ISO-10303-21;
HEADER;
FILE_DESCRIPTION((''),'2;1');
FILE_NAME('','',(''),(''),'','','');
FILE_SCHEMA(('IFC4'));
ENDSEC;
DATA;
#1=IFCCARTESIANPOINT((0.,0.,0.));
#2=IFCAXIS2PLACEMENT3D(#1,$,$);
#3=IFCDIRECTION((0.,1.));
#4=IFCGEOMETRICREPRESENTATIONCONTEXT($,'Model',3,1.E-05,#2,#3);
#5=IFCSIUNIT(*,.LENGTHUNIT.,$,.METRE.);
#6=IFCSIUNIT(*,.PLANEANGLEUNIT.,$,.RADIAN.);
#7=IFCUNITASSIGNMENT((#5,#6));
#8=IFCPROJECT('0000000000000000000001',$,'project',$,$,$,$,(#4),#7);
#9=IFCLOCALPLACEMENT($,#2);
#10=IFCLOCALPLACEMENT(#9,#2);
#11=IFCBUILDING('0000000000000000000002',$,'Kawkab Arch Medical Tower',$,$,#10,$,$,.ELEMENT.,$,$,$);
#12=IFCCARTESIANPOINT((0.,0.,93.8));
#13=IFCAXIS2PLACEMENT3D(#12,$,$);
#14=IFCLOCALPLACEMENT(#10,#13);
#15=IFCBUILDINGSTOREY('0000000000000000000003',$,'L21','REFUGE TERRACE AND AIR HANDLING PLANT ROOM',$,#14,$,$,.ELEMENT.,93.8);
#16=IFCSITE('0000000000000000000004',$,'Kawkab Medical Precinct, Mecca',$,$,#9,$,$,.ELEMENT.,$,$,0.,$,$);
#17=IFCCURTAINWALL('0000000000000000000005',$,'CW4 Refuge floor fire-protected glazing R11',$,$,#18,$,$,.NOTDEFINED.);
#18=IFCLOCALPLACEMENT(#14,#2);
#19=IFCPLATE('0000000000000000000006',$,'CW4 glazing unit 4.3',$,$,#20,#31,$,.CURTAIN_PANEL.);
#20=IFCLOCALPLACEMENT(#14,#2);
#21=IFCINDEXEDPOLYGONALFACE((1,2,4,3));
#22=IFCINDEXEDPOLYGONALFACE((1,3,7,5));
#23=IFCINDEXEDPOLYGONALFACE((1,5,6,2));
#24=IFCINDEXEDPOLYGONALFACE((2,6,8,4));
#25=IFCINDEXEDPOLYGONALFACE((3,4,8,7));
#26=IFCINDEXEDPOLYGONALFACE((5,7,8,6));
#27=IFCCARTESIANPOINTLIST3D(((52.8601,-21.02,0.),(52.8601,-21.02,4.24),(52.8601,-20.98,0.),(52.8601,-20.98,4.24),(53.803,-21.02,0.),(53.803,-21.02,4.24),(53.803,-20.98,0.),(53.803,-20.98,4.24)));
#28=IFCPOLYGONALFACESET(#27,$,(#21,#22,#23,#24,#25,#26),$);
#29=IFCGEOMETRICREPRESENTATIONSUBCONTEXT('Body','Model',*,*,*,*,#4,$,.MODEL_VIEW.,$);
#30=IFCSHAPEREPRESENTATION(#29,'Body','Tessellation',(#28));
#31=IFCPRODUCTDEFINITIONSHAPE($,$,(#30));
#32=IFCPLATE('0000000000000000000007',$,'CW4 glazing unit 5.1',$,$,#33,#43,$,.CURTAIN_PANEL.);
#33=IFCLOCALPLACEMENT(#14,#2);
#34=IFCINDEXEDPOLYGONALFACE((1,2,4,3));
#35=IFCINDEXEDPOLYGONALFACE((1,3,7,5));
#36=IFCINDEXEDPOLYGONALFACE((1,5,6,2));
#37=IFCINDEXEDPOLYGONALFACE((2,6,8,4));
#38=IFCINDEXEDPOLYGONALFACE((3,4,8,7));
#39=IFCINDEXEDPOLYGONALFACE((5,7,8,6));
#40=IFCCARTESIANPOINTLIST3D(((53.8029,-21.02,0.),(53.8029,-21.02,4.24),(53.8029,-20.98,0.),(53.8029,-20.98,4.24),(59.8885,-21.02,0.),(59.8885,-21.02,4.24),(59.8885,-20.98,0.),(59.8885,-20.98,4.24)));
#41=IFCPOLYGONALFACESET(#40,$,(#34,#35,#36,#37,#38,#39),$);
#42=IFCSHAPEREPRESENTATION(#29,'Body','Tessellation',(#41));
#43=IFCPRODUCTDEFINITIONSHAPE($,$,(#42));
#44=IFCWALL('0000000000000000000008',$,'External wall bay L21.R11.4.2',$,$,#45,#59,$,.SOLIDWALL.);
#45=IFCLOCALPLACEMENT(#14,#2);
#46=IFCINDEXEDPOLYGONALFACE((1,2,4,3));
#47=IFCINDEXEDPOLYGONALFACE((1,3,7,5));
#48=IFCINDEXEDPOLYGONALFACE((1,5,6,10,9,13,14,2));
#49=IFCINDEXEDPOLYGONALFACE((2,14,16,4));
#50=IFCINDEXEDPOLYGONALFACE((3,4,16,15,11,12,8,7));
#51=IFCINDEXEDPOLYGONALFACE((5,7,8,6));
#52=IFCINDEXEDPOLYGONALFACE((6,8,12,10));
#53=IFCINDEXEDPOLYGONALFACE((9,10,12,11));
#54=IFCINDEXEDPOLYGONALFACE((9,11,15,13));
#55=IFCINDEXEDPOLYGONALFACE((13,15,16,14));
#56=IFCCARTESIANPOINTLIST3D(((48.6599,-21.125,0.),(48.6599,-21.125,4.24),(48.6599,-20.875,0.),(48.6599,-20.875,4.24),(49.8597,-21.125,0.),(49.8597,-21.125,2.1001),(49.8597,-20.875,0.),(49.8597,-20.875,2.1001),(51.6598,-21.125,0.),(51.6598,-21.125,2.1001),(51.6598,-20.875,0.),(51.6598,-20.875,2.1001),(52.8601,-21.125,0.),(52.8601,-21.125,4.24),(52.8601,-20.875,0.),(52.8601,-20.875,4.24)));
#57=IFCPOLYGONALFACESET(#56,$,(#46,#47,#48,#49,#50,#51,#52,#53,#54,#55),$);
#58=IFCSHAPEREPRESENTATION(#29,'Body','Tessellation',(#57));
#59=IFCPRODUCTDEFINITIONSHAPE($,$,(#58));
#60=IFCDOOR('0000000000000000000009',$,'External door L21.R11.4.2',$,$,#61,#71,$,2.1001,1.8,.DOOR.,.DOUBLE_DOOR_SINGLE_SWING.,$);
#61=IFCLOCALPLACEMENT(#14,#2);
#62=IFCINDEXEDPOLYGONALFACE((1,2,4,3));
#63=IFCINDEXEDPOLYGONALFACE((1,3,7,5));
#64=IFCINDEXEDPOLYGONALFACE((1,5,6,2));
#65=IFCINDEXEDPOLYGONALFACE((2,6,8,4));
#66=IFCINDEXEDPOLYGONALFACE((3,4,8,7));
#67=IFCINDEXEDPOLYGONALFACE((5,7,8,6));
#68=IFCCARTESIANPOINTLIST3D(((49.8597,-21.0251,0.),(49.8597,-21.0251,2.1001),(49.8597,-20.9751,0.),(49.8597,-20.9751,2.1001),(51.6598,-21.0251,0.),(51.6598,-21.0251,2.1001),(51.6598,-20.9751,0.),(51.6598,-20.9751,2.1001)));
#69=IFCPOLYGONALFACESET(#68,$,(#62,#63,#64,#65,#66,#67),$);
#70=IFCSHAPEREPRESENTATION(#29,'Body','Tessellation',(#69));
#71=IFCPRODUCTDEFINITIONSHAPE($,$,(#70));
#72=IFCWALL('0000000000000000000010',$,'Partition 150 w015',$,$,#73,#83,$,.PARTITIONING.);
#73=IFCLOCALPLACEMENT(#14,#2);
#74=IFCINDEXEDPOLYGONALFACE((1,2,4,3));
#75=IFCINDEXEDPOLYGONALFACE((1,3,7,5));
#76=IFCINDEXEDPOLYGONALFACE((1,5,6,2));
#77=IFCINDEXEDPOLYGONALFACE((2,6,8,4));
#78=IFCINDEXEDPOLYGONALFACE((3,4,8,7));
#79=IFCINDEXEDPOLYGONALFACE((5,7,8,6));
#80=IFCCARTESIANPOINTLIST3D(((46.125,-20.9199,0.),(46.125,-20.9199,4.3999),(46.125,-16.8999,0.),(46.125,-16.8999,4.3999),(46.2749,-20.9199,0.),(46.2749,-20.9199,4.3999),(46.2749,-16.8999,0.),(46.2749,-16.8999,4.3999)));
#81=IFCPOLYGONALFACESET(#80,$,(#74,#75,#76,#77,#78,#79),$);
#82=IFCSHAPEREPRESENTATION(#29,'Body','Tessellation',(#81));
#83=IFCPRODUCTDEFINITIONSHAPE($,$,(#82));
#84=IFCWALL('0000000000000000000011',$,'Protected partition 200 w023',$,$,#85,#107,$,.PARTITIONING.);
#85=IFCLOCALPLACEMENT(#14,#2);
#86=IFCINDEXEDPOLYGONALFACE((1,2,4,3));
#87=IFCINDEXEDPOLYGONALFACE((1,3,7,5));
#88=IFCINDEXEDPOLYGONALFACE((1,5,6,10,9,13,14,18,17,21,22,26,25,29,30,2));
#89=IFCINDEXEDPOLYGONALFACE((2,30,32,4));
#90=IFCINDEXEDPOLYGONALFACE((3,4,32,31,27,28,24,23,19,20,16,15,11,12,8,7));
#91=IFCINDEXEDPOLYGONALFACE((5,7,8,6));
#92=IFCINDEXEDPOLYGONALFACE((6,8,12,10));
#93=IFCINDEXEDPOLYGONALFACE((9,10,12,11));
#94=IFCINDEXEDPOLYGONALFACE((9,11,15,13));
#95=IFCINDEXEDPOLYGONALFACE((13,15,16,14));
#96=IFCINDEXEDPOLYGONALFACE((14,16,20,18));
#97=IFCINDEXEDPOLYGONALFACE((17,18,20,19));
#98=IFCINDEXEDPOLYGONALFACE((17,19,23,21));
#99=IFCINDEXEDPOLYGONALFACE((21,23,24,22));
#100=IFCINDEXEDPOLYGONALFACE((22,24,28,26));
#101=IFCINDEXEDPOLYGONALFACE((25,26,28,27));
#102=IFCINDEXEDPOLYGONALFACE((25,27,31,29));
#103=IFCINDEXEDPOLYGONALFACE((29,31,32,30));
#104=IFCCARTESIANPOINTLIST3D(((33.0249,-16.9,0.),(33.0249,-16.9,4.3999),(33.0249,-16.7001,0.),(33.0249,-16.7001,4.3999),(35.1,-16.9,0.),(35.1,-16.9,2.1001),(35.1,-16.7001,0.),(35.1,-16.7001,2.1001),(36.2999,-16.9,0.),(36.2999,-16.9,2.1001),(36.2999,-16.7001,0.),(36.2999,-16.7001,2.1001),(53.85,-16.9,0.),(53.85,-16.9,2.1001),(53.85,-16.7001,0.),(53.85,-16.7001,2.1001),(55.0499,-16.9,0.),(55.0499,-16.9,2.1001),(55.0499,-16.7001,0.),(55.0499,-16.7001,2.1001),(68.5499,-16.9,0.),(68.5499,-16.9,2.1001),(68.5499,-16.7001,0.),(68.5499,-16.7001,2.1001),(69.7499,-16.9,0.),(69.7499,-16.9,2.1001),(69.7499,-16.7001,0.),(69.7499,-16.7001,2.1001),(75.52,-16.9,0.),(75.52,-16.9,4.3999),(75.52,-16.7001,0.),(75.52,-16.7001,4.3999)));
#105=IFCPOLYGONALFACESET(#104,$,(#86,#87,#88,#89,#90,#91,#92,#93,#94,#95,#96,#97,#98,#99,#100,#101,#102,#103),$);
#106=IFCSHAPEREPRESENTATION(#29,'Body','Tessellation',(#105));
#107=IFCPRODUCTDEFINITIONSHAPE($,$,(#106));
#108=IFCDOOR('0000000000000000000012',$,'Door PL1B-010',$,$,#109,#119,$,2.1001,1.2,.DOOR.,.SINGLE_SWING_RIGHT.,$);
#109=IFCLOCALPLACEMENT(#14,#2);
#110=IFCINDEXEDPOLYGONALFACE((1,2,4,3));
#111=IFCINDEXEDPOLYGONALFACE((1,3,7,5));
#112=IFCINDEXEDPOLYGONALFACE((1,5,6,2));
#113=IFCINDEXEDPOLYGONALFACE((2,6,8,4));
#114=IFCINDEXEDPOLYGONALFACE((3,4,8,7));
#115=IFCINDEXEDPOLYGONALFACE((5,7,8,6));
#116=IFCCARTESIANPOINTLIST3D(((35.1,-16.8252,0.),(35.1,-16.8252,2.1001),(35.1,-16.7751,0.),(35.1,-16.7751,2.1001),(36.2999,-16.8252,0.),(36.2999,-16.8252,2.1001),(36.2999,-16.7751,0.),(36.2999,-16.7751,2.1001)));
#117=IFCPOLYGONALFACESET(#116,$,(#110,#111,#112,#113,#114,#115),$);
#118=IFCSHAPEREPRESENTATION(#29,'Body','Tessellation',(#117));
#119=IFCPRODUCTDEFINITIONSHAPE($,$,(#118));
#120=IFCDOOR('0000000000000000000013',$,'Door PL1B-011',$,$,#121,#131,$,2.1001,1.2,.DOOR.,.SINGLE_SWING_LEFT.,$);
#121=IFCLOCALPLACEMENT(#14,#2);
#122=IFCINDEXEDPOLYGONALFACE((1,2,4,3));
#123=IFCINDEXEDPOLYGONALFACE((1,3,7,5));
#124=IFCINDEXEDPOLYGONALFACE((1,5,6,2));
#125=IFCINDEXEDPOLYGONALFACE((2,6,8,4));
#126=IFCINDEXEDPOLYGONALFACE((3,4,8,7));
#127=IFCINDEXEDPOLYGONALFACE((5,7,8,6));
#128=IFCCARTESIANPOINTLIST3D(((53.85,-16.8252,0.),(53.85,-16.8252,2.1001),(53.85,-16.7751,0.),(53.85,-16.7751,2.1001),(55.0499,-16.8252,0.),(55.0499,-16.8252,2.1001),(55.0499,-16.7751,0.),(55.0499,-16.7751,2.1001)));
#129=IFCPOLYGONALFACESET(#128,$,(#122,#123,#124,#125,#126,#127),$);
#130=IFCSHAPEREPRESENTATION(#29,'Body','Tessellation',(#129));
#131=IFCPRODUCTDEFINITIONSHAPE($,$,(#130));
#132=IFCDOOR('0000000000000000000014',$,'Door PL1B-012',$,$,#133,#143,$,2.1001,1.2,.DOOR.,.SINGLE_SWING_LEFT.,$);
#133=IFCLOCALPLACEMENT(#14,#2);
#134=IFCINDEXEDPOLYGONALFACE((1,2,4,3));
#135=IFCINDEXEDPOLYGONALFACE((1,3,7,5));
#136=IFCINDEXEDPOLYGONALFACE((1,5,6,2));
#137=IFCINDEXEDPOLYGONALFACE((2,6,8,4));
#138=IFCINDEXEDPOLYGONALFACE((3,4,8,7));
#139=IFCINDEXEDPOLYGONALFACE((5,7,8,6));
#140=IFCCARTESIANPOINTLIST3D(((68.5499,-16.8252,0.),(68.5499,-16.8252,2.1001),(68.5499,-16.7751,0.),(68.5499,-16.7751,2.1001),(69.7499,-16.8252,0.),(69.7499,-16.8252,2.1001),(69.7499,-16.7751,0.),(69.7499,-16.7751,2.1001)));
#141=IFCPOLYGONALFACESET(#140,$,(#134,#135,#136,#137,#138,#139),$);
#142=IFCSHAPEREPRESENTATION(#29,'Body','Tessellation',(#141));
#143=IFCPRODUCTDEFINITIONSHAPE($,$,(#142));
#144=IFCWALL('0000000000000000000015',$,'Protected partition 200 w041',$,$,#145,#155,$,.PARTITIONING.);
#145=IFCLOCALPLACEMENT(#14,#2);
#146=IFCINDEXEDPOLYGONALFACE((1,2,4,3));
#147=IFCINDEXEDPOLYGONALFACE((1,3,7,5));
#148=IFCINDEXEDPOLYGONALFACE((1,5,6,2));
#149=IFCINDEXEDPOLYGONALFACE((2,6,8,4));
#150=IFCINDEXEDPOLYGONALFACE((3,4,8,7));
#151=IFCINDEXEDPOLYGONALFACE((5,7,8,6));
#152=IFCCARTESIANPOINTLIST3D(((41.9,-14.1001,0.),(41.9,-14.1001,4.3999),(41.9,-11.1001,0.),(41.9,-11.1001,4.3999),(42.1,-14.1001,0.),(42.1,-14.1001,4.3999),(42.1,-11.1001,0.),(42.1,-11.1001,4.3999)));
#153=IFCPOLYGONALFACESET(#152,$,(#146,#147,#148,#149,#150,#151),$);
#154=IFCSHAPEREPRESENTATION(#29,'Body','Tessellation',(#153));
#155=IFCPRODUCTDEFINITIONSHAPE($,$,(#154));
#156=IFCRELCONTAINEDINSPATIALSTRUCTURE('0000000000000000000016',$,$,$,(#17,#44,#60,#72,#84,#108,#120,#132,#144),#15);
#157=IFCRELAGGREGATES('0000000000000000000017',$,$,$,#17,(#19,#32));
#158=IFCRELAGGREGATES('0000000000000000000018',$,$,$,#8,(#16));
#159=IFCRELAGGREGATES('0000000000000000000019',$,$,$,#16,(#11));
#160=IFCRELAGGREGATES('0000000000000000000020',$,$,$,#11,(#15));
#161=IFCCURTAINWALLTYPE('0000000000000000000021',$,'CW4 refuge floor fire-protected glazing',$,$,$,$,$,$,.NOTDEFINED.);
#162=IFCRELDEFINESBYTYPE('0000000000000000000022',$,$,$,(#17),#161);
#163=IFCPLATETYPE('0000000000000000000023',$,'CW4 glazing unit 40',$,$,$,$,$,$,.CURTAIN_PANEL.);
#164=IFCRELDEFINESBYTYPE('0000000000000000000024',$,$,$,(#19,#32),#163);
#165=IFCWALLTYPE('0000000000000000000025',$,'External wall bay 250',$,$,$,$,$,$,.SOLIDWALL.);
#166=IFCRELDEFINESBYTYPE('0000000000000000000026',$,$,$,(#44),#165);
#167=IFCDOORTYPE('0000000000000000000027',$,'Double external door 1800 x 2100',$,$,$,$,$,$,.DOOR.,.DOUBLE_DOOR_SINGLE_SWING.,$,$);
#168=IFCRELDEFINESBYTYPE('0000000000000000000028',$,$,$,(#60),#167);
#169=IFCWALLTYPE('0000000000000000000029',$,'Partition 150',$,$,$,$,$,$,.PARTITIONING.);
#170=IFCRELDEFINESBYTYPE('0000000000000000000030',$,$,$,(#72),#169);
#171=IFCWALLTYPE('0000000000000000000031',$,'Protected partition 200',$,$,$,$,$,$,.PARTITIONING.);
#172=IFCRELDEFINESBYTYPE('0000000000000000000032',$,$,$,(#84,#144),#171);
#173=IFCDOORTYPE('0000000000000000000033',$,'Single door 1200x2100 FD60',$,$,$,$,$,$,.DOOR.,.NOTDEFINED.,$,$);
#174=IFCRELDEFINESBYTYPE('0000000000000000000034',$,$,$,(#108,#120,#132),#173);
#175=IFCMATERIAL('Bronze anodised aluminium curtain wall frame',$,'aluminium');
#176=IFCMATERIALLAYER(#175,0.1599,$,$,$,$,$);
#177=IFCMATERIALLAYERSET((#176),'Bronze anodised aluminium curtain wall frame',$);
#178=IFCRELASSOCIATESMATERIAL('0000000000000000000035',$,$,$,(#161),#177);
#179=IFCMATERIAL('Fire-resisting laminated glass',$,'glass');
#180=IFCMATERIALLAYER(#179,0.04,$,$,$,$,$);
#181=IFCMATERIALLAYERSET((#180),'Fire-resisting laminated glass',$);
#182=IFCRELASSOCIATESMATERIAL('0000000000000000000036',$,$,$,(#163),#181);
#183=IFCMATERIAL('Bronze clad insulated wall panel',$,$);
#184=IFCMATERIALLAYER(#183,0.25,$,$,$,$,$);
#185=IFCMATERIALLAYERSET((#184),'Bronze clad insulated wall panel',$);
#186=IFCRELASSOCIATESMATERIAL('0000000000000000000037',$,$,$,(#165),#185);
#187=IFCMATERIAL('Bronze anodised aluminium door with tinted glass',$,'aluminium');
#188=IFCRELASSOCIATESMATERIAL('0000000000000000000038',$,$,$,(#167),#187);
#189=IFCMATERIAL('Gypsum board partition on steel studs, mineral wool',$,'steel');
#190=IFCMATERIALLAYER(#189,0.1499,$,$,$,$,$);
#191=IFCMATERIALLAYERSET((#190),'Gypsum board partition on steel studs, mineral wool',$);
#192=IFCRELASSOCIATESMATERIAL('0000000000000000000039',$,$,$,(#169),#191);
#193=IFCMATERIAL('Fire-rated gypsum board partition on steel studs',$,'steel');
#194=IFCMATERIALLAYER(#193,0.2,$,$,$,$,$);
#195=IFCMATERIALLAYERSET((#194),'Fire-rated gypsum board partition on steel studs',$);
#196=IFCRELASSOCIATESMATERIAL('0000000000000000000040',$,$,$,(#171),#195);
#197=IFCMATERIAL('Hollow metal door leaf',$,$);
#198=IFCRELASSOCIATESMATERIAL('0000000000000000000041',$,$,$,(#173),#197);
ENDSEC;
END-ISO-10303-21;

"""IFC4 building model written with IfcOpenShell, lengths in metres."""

from ifc_helpers import new_model, si_unit, direction, frame, frame_2d, origin, origin_2d, place, context, subcontext, project, spatial, rectangle, extrude, material, layer, layer_set, type_object, element, fill, aggregate, save


model = new_model("IFC4")

# Units and contexts
model_context = context("Model", 3, precision=1e-05, world=origin(), true_north=direction((0.0, 1.0)))
body_context = subcontext(model_context, "Body", "Model", "MODEL_VIEW")
ifc_project = project(units=[si_unit("LENGTHUNIT", "METRE"), si_unit("PLANEANGLEUNIT", "RADIAN")], contexts=[model_context])

# Site, building, storey
site_placement = place(None, origin())
site = spatial("IfcSite", under=ifc_project, at=site_placement, Name="Kawkab Medical Precinct, Mecca", CompositionType="ELEMENT", RefElevation=0.0)
building_placement = place(site_placement, origin())
building = spatial("IfcBuilding", under=site, at=building_placement, Name="Kawkab Arch Medical Tower", CompositionType="ELEMENT")
storey_placement = place(building_placement, frame((0.0, 0.0, 93.8)))
storey = spatial("IfcBuildingStorey", under=building, at=storey_placement, Name="L21", Description="REFUGE TERRACE AND AIR HANDLING PLANT ROOM", CompositionType="ELEMENT", Elevation=93.8)

# Curtain wall
ifc_material_1 = material(Name="Bronze anodised aluminium curtain wall frame", Category="aluminium")
ifc_layer_1 = layer(ifc_material_1, 0.1599)
ifc_layer_set_1 = layer_set([ifc_layer_1], Name="Bronze anodised aluminium curtain wall frame")
curtain_wall_type = type_object("IfcCurtainWallType", Name="CW4 refuge floor fire-protected glazing", PredefinedType="NOTDEFINED", material=ifc_layer_set_1)
curtain_wall_placement = place(storey_placement, origin())
curtain_wall = element("IfcCurtainWall", 1, at=curtain_wall_placement, inside=storey, type_object=curtain_wall_type, Name="CW4 Refuge floor fire-protected glazing R11", PredefinedType="NOTDEFINED")

# Plates
ifc_material_2 = material(Name="Fire-resisting laminated glass", Category="glass")
ifc_layer_2 = layer(ifc_material_2, 0.04)
ifc_layer_set_2 = layer_set([ifc_layer_2], Name="Fire-resisting laminated glass")
plate_type = type_object("IfcPlateType", Name="CW4 glazing unit 40", PredefinedType="CURTAIN_PANEL", material=ifc_layer_set_2)
plate_1_placement = place(storey_placement, frame((53.3315, -21.0, 0.0), z_axis=(0.0, 0.0, 1.0), x_axis=(1.0, 0.0, 0.0)))
plate_1 = element("IfcPlate", 2, at=plate_1_placement, type_object=plate_type, Name="CW4 glazing unit 4.3", PredefinedType="CURTAIN_PANEL", context=body_context, shape_type="SweptSolid", body=[
    extrude(rectangle(XDim=0.9429, YDim=0.04, at=origin_2d()), origin(), (0.0, 0.0, 1.0), 4.24),
])
plate_2_placement = place(storey_placement, frame((56.8457, -21.0, 0.0), z_axis=(0.0, 0.0, 1.0), x_axis=(1.0, 0.0, 0.0)))
plate_2 = element("IfcPlate", 3, at=plate_2_placement, type_object=plate_type, Name="CW4 glazing unit 5.1", PredefinedType="CURTAIN_PANEL", context=body_context, shape_type="SweptSolid", body=[
    extrude(rectangle(XDim=6.0857, YDim=0.04, at=origin_2d()), origin(), (0.0, 0.0, 1.0), 4.24),
])
aggregate(curtain_wall, [plate_1, plate_2])

# Wall, opening, door
ifc_material_3 = material(Name="Bronze clad insulated wall panel")
ifc_layer_3 = layer(ifc_material_3, 0.25)
ifc_layer_set_3 = layer_set([ifc_layer_3], Name="Bronze clad insulated wall panel")
wall_type_1 = type_object("IfcWallType", Name="External wall bay 250", PredefinedType="SOLIDWALL", material=ifc_layer_set_3)
wall_1_placement = place(storey_placement, frame((48.6599, -21.0, 0.0), z_axis=(0.0, 0.0, 1.0), x_axis=(1.0, 0.0, 0.0)))
wall_1 = element("IfcWall", 4, at=wall_1_placement, inside=storey, type_object=wall_type_1, Name="External wall bay L21.R11.4.2", PredefinedType="SOLIDWALL", context=body_context, shape_type="SweptSolid", body=[
    extrude(rectangle(XDim=4.2002, YDim=0.25, at=frame_2d((2.1001, 0.0))), origin(), (0.0, 0.0, 1.0), 4.24),
])
opening_1_placement = place(wall_1_placement, frame((1.2, 0.0, 0.0)))
opening_1 = element("IfcOpeningElement", 5, at=opening_1_placement, cuts=wall_1, PredefinedType="OPENING", context=body_context, shape_type="SweptSolid", body=[
    extrude(rectangle(XDim=1.8, YDim=2.1001, at=frame_2d((0.8999, 1.05))), frame((0.0, 0.135, 0.0), z_axis=(0.0, -1.0, 0.0), x_axis=(1.0, 0.0, 0.0)), (0.0, 0.0, 1.0), 0.27),
])
ifc_material_4 = material(Name="Bronze anodised aluminium door with tinted glass", Category="aluminium")
door_type_1 = type_object("IfcDoorType", Name="Double external door 1800 x 2100", OperationType="DOUBLE_DOOR_SINGLE_SWING", PredefinedType="DOOR", material=ifc_material_4)
door_1_placement = place(opening_1_placement, origin())
door_1 = element("IfcDoor", 6, at=door_1_placement, inside=storey, type_object=door_type_1, Name="External door L21.R11.4.2", OperationType="DOUBLE_DOOR_SINGLE_SWING", OverallHeight=2.1001, OverallWidth=1.8, PredefinedType="DOOR", context=body_context, shape_type="SweptSolid", body=[
    extrude(rectangle(XDim=1.8, YDim=2.1001, at=frame_2d((0.8999, 1.05))), frame((0.0, 0.0249, 0.0), z_axis=(0.0, -1.0, 0.0), x_axis=(1.0, 0.0, 0.0)), (0.0, 0.0, 1.0), 0.05),
])
fill(opening_1, door_1)

# Wall
ifc_material_5 = material(Name="Gypsum board partition on steel studs, mineral wool", Category="steel")
ifc_layer_4 = layer(ifc_material_5, 0.1499)
ifc_layer_set_4 = layer_set([ifc_layer_4], Name="Gypsum board partition on steel studs, mineral wool")
wall_type_2 = type_object("IfcWallType", Name="Partition 150", PredefinedType="PARTITIONING", material=ifc_layer_set_4)
wall_2_placement = place(storey_placement, frame((46.2, -20.9199, 0.0), z_axis=(0.0, 0.0, 1.0), x_axis=(0.0, 1.0, 0.0)))
element("IfcWall", 7, at=wall_2_placement, inside=storey, type_object=wall_type_2, Name="Partition 150 w015", PredefinedType="PARTITIONING", context=body_context, shape_type="SweptSolid", body=[
    extrude(rectangle(XDim=4.02, YDim=0.1499, at=frame_2d((2.01, 0.0))), origin(), (0.0, 0.0, 1.0), 4.3999),
])

# Wall, openings, doors
ifc_material_6 = material(Name="Fire-rated gypsum board partition on steel studs", Category="steel")
ifc_layer_5 = layer(ifc_material_6, 0.2)
ifc_layer_set_5 = layer_set([ifc_layer_5], Name="Fire-rated gypsum board partition on steel studs")
wall_type_3 = type_object("IfcWallType", Name="Protected partition 200", PredefinedType="PARTITIONING", material=ifc_layer_set_5)
wall_3_placement = place(storey_placement, frame((33.0249, -16.8, 0.0), z_axis=(0.0, 0.0, 1.0), x_axis=(1.0, 0.0, 0.0)))
wall_3 = element("IfcWall", 8, at=wall_3_placement, inside=storey, type_object=wall_type_3, Name="Protected partition 200 w023", PredefinedType="PARTITIONING", context=body_context, shape_type="SweptSolid", body=[
    extrude(rectangle(XDim=42.4951, YDim=0.2, at=frame_2d((21.2476, 0.0))), origin(), (0.0, 0.0, 1.0), 4.3999),
])
opening_2_placement = place(wall_3_placement, frame((2.075, 0.0, 0.0)))
opening_2 = element("IfcOpeningElement", 9, at=opening_2_placement, cuts=wall_3, PredefinedType="OPENING", context=body_context, shape_type="SweptSolid", body=[
    extrude(rectangle(XDim=1.2, YDim=2.1001, at=frame_2d((0.6001, 1.05))), frame((0.0, 0.1099, 0.0), z_axis=(0.0, -1.0, 0.0), x_axis=(1.0, 0.0, 0.0)), (0.0, 0.0, 1.0), 0.22),
])
opening_3_placement = place(wall_3_placement, frame((20.825, 0.0, 0.0)))
opening_3 = element("IfcOpeningElement", 10, at=opening_3_placement, cuts=wall_3, PredefinedType="OPENING", context=body_context, shape_type="SweptSolid", body=[
    extrude(rectangle(XDim=1.2, YDim=2.1001, at=frame_2d((0.6001, 1.05))), frame((0.0, 0.1099, 0.0), z_axis=(0.0, -1.0, 0.0), x_axis=(1.0, 0.0, 0.0)), (0.0, 0.0, 1.0), 0.22),
])
opening_4_placement = place(wall_3_placement, frame((35.5249, 0.0, 0.0)))
opening_4 = element("IfcOpeningElement", 11, at=opening_4_placement, cuts=wall_3, PredefinedType="OPENING", context=body_context, shape_type="SweptSolid", body=[
    extrude(rectangle(XDim=1.2, YDim=2.1001, at=frame_2d((0.6001, 1.05))), frame((0.0, 0.1099, 0.0), z_axis=(0.0, -1.0, 0.0), x_axis=(1.0, 0.0, 0.0)), (0.0, 0.0, 1.0), 0.22),
])
ifc_material_7 = material(Name="Hollow metal door leaf")
door_type_2 = type_object("IfcDoorType", Name="Single door 1200x2100 FD60", OperationType="NOTDEFINED", PredefinedType="DOOR", material=ifc_material_7)
door_2_placement = place(opening_2_placement, origin())
door_2 = element("IfcDoor", 12, at=door_2_placement, inside=storey, type_object=door_type_2, Name="Door PL1B-010", OperationType="SINGLE_SWING_RIGHT", OverallHeight=2.1001, OverallWidth=1.2, PredefinedType="DOOR", context=body_context, shape_type="SweptSolid", body=[
    extrude(rectangle(XDim=1.2, YDim=2.1001, at=frame_2d((0.6001, 1.05))), frame((0.0, 0.0249, 0.0), z_axis=(0.0, -1.0, 0.0), x_axis=(1.0, 0.0, 0.0)), (0.0, 0.0, 1.0), 0.05),
])
fill(opening_2, door_2)
door_3_placement = place(opening_3_placement, origin())
door_3 = element("IfcDoor", 13, at=door_3_placement, inside=storey, type_object=door_type_2, Name="Door PL1B-011", OperationType="SINGLE_SWING_LEFT", OverallHeight=2.1001, OverallWidth=1.2, PredefinedType="DOOR", context=body_context, shape_type="SweptSolid", body=[
    extrude(rectangle(XDim=1.2, YDim=2.1001, at=frame_2d((0.6001, 1.05))), frame((0.0, 0.0249, 0.0), z_axis=(0.0, -1.0, 0.0), x_axis=(1.0, 0.0, 0.0)), (0.0, 0.0, 1.0), 0.05),
])
fill(opening_3, door_3)
door_4_placement = place(opening_4_placement, origin())
door_4 = element("IfcDoor", 14, at=door_4_placement, inside=storey, type_object=door_type_2, Name="Door PL1B-012", OperationType="SINGLE_SWING_LEFT", OverallHeight=2.1001, OverallWidth=1.2, PredefinedType="DOOR", context=body_context, shape_type="SweptSolid", body=[
    extrude(rectangle(XDim=1.2, YDim=2.1001, at=frame_2d((0.6001, 1.05))), frame((0.0, 0.0249, 0.0), z_axis=(0.0, -1.0, 0.0), x_axis=(1.0, 0.0, 0.0)), (0.0, 0.0, 1.0), 0.05),
])
fill(opening_4, door_4)

# Wall
wall_4_placement = place(storey_placement, frame((42.0, -14.1001, 0.0), z_axis=(0.0, 0.0, 1.0), x_axis=(0.0, 1.0, 0.0)))
element("IfcWall", 15, at=wall_4_placement, inside=storey, type_object=wall_type_3, Name="Protected partition 200 w041", PredefinedType="PARTITIONING", context=body_context, shape_type="SweptSolid", body=[
    extrude(rectangle(XDim=3.0, YDim=0.2, at=frame_2d((1.5, 0.0))), origin(), (0.0, 0.0, 1.0), 4.3999),
])

save(model, "model.ifc")
